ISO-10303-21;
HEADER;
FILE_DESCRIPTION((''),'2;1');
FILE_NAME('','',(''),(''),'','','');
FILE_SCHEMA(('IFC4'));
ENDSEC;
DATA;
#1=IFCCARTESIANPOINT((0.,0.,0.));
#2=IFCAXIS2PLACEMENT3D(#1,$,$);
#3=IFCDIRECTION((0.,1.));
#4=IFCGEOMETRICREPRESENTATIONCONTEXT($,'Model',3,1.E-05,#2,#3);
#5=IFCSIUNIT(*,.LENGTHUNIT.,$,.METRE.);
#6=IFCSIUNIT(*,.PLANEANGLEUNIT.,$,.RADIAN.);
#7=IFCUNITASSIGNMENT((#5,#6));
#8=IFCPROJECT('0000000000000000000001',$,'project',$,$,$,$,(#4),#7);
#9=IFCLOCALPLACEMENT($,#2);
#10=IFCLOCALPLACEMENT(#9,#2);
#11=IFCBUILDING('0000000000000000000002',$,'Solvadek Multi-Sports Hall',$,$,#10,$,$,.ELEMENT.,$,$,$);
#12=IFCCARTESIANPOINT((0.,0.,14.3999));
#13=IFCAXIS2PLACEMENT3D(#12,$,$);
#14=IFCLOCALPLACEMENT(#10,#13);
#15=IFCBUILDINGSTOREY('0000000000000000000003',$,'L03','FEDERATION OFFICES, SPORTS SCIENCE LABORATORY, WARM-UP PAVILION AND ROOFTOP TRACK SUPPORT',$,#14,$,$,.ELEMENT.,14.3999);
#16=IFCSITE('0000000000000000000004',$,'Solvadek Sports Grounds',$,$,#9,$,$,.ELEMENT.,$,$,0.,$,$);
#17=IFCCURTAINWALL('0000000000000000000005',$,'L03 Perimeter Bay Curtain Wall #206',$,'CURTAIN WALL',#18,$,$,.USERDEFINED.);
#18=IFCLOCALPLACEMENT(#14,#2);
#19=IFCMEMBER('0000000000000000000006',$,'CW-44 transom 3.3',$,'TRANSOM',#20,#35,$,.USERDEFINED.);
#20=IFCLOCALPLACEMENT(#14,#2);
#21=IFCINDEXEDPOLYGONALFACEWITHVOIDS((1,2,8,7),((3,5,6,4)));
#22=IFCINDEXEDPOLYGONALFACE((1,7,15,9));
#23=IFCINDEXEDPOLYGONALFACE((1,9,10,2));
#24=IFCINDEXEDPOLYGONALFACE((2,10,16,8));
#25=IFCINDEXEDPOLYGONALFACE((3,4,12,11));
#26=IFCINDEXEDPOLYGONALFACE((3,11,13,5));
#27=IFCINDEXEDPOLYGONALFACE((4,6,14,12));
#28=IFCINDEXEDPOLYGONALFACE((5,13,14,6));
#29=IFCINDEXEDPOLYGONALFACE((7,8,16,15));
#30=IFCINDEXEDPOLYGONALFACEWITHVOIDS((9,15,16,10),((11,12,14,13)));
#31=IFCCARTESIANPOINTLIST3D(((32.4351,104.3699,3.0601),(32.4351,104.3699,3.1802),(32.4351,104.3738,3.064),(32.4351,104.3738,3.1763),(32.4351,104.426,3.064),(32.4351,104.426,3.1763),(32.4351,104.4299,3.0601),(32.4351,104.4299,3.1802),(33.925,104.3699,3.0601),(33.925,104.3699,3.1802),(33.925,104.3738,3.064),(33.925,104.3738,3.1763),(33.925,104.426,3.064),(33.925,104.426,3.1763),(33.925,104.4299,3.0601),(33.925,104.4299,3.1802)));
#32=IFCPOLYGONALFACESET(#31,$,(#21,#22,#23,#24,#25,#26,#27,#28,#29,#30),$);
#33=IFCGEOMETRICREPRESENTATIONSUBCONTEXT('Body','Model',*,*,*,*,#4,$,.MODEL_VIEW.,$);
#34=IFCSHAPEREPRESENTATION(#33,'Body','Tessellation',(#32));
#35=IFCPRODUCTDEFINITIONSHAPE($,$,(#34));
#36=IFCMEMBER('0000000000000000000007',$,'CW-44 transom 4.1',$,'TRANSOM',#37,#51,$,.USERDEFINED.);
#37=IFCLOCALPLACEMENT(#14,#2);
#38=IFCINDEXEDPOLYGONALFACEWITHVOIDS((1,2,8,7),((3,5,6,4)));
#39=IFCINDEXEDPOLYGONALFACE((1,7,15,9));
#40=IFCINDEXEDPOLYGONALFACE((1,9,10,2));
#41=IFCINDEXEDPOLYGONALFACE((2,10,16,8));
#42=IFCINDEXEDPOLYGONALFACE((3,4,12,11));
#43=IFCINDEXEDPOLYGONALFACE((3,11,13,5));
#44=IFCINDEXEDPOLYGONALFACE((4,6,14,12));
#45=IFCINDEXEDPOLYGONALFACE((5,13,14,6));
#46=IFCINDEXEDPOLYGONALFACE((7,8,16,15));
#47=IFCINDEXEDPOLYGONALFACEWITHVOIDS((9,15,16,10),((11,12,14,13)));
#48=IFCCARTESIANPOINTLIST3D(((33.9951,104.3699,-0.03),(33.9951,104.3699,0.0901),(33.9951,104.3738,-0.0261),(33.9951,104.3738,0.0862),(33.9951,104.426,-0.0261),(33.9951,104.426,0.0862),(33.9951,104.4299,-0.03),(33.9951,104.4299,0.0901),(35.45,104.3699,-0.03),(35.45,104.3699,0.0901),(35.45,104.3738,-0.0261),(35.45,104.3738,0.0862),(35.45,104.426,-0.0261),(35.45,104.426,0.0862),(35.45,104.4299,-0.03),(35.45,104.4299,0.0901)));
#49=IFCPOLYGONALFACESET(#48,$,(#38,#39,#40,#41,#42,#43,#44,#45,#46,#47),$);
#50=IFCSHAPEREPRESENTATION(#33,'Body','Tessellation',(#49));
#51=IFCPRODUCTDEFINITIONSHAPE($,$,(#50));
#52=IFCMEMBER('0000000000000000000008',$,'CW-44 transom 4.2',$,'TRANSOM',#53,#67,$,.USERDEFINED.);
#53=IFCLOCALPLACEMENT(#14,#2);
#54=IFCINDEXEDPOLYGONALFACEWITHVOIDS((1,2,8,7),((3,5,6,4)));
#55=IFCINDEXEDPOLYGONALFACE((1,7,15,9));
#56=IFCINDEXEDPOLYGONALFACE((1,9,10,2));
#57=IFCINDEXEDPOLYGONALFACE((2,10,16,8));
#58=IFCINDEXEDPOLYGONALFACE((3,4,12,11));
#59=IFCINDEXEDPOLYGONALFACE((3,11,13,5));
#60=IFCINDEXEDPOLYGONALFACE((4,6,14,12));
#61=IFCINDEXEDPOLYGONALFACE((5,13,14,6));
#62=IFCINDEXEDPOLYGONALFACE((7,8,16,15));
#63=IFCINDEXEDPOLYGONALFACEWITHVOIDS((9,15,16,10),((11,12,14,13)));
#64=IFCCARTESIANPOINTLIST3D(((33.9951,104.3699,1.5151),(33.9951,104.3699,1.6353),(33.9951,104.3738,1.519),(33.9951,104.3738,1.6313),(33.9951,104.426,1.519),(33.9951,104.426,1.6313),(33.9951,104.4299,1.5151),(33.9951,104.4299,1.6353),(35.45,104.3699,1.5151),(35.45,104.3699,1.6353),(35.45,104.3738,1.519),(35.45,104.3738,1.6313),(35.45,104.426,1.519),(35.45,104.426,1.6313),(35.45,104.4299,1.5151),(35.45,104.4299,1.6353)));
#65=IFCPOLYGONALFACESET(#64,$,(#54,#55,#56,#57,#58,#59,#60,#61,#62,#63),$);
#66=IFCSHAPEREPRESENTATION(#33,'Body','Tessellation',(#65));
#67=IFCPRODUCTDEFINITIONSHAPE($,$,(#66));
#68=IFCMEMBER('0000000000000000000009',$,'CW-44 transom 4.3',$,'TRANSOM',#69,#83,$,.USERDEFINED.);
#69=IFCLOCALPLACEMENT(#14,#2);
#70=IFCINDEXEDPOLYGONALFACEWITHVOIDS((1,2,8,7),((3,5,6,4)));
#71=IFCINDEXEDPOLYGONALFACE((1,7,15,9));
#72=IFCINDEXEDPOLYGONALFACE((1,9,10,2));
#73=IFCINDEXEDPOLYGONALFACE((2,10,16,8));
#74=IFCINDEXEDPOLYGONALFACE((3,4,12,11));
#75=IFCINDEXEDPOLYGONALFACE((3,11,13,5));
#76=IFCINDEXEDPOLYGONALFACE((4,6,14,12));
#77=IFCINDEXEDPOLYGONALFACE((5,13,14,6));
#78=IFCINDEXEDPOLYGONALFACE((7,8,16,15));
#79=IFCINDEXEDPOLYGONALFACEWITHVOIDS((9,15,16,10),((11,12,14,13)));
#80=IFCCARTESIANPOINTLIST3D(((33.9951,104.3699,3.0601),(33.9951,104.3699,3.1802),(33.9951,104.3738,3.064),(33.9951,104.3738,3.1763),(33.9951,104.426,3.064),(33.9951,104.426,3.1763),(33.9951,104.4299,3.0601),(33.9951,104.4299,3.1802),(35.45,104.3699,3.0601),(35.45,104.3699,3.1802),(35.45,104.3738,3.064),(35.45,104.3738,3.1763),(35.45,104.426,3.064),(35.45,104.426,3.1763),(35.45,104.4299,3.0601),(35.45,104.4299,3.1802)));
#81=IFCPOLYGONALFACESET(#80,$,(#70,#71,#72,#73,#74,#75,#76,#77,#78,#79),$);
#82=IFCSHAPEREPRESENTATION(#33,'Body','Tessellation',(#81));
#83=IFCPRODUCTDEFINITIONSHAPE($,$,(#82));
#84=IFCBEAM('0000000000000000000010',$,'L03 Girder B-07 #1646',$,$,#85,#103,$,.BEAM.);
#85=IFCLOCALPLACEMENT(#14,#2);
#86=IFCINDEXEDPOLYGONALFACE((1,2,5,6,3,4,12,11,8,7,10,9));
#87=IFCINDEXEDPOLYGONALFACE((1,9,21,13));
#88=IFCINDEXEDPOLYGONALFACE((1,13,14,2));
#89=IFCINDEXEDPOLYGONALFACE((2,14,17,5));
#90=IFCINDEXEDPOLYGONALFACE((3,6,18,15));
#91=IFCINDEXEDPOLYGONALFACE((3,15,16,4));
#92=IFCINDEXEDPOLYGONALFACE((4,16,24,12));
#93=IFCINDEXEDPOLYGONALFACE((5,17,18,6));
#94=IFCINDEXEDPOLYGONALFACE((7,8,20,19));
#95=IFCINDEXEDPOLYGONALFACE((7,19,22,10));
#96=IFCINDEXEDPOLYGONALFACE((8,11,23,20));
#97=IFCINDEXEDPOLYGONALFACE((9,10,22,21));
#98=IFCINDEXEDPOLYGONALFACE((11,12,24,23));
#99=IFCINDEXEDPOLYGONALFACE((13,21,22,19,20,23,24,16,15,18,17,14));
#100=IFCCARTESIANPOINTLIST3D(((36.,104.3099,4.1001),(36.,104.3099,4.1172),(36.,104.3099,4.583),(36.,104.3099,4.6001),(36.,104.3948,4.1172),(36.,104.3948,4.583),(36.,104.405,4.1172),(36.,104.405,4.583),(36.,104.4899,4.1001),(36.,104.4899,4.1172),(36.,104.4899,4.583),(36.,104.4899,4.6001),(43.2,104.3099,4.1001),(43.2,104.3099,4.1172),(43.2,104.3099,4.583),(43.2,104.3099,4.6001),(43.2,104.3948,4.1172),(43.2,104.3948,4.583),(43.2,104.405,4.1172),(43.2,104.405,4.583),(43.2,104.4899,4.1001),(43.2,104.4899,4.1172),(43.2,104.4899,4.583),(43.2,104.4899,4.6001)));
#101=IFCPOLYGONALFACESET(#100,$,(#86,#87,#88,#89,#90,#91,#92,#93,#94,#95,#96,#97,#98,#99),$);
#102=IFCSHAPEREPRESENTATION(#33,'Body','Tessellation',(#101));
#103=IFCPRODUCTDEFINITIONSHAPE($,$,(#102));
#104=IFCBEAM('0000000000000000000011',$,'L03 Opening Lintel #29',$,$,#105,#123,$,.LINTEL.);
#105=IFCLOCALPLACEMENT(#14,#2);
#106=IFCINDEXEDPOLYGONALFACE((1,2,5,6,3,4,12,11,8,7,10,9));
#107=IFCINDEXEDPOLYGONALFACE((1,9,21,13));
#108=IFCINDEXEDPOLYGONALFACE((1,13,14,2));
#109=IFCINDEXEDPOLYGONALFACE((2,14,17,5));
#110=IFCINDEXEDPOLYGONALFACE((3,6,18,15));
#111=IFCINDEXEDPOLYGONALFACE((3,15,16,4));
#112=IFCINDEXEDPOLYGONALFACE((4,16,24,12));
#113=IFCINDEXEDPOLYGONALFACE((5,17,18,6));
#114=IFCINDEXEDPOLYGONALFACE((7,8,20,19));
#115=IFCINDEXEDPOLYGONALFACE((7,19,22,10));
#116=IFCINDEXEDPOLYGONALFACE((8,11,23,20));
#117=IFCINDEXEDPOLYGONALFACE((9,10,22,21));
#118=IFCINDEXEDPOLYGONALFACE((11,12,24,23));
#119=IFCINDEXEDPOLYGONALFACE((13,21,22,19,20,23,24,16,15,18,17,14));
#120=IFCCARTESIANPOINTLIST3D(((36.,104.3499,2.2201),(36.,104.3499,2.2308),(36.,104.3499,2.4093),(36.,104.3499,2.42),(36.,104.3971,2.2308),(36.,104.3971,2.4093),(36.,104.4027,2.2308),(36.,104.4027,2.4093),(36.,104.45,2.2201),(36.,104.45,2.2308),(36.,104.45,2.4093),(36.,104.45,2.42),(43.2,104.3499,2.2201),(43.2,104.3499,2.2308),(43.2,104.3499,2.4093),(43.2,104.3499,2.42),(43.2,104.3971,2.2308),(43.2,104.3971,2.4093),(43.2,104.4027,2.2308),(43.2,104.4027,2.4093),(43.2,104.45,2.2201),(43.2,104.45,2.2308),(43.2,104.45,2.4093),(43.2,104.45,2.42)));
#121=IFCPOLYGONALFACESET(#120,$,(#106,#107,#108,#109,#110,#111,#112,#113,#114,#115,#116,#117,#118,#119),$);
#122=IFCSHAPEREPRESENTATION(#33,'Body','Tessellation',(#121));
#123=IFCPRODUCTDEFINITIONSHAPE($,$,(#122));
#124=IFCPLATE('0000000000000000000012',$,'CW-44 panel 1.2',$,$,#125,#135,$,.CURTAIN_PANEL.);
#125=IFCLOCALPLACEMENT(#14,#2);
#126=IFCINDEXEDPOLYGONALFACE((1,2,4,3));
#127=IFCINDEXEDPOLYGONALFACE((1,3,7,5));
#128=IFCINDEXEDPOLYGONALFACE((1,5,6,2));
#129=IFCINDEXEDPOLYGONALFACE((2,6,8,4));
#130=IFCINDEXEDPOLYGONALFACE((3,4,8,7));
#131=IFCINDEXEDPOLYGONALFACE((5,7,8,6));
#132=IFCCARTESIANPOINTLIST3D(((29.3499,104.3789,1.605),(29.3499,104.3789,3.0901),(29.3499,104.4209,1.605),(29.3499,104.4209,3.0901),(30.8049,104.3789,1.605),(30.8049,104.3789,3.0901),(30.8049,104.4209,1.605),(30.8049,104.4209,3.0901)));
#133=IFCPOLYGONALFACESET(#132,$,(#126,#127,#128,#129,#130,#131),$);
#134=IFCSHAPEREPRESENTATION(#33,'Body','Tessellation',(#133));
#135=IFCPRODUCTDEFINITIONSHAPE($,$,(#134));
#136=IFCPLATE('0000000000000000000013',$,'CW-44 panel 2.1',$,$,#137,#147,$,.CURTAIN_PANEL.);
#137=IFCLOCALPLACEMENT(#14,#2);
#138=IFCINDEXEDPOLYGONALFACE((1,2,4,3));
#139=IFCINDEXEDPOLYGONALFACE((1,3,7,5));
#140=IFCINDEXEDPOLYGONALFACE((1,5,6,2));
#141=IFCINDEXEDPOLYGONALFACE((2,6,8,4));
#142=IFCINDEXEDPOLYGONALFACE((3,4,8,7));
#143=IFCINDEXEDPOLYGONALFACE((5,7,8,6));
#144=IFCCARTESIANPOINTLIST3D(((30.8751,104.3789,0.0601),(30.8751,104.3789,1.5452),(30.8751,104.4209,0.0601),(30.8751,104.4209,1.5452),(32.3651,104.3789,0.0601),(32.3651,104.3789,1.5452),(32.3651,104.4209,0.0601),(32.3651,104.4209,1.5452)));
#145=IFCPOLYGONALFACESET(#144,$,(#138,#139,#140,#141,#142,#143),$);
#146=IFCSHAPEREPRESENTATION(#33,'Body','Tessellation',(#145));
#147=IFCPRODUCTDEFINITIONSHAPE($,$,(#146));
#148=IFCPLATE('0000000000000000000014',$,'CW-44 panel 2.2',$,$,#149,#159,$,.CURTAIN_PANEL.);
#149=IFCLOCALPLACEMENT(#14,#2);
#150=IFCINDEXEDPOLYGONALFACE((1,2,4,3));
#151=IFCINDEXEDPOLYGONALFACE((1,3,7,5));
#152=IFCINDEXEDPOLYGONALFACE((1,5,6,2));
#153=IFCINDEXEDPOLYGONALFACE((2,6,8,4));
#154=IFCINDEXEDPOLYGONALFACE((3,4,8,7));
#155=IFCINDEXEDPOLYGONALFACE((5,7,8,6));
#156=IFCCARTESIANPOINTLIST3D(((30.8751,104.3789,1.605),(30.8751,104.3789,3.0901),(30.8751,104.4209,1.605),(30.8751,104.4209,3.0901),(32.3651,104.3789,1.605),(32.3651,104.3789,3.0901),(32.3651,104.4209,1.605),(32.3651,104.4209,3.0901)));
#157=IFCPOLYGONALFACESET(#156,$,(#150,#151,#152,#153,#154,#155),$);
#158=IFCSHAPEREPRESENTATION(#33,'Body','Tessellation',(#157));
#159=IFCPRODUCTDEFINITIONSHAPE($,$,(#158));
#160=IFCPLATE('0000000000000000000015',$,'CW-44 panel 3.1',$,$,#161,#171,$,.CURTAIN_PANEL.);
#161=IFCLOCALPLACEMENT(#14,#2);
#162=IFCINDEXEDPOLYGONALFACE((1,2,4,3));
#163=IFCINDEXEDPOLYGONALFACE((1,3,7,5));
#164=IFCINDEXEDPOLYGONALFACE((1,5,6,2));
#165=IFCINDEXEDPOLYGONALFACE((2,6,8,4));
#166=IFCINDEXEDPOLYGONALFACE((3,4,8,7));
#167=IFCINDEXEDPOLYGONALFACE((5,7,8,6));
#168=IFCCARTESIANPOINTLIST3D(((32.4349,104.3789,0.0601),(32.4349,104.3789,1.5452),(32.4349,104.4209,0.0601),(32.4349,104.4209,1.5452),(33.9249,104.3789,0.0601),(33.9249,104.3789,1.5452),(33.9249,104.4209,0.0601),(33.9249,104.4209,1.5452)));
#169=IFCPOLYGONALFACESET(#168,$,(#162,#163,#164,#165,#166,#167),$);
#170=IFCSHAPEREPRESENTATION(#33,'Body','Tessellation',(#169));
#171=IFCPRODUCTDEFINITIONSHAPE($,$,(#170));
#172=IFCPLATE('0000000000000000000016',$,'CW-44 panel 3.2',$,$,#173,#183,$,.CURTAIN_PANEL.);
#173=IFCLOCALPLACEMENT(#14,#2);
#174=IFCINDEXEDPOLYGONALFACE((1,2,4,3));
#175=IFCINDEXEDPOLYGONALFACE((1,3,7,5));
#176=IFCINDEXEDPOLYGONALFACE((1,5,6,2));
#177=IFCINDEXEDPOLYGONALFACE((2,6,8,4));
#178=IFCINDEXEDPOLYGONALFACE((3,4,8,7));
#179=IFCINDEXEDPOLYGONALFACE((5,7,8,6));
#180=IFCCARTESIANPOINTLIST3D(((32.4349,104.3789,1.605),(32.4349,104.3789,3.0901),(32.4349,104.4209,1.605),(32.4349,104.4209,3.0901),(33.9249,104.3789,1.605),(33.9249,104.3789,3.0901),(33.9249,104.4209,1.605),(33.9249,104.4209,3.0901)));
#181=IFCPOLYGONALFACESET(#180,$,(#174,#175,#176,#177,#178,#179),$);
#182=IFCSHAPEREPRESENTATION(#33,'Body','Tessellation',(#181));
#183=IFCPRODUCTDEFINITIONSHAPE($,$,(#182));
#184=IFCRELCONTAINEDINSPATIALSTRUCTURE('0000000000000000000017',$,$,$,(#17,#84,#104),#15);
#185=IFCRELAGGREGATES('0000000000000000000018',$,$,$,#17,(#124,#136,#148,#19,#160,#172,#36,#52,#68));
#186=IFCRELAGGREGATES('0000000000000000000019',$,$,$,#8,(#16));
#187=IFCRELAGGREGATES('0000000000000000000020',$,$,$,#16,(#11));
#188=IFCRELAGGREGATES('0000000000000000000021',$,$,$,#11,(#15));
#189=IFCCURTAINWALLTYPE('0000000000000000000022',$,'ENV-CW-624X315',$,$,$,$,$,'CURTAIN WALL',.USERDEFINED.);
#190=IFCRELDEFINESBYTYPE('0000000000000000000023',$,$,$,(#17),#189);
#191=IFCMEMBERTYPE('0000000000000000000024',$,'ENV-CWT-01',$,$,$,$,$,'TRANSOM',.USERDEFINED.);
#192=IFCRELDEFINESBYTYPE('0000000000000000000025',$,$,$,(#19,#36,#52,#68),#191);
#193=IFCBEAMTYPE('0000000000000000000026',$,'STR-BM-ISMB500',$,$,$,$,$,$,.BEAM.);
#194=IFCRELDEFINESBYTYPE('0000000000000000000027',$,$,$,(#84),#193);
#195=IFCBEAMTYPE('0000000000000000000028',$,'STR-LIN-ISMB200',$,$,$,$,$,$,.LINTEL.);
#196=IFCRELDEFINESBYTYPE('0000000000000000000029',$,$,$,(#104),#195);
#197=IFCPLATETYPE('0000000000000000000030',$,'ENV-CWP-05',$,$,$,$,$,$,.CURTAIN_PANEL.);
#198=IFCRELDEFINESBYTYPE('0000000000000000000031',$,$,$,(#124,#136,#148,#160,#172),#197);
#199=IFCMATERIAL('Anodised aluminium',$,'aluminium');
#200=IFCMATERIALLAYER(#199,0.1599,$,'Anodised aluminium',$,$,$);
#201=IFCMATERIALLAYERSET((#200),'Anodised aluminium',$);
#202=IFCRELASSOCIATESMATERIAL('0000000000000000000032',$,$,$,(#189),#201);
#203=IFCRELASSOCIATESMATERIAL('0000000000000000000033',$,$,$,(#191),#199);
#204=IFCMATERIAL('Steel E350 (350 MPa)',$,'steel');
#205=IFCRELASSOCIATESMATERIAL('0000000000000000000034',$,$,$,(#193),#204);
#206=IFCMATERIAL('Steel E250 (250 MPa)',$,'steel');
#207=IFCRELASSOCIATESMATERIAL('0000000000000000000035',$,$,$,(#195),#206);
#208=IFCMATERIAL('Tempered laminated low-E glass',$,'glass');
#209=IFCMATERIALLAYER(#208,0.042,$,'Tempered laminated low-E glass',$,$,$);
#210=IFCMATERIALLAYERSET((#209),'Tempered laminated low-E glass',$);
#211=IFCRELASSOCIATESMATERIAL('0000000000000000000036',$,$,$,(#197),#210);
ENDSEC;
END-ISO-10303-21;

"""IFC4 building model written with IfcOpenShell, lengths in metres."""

from ifc_helpers import new_model, si_unit, direction, frame, origin, origin_2d, place, context, subcontext, project, spatial, rectangle, hollow_rectangle, i_section, extrude, material, layer, layer_set, material_profile, profile_set, type_object, element, aggregate, save


model = new_model("IFC4")

# Units and contexts
model_context = context("Model", 3, precision=1e-05, world=origin(), true_north=direction((0.0, 1.0)))
body_context = subcontext(model_context, "Body", "Model", "MODEL_VIEW")
ifc_project = project(units=[si_unit("LENGTHUNIT", "METRE"), si_unit("PLANEANGLEUNIT", "RADIAN")], contexts=[model_context])

# Site, building, storey
site_placement = place(None, origin())
site = spatial("IfcSite", under=ifc_project, at=site_placement, Name="Solvadek Sports Grounds", CompositionType="ELEMENT", RefElevation=0.0)
building_placement = place(site_placement, origin())
building = spatial("IfcBuilding", under=site, at=building_placement, Name="Solvadek Multi-Sports Hall", CompositionType="ELEMENT")
storey_placement = place(building_placement, frame((0.0, 0.0, 14.3999)))
storey = spatial("IfcBuildingStorey", under=building, at=storey_placement, Name="L03", Description="FEDERATION OFFICES, SPORTS SCIENCE LABORATORY, WARM-UP PAVILION AND ROOFTOP TRACK SUPPORT", CompositionType="ELEMENT", Elevation=14.3999)

# Shared definitions
ifc_material_1 = material(Name="Steel E350 (350 MPa)", Category="steel")

# Curtain wall, members
ifc_material_2 = material(Name="Anodised aluminium", Category="aluminium")
ifc_layer_1 = layer(ifc_material_2, 0.1599, Name="Anodised aluminium")
ifc_layer_set_1 = layer_set([ifc_layer_1], Name="Anodised aluminium")
curtain_wall_type = type_object("IfcCurtainWallType", Name="ENV-CW-624X315", ElementType="CURTAIN WALL", PredefinedType="USERDEFINED", material=ifc_layer_set_1)
curtain_wall_placement = place(storey_placement, origin())
curtain_wall = element("IfcCurtainWall", 1, at=curtain_wall_placement, inside=storey, type_object=curtain_wall_type, Name="L03 Perimeter Bay Curtain Wall #206", ObjectType="CURTAIN WALL", PredefinedType="USERDEFINED")
ifc_material_profile_1 = material_profile(ifc_material_2, hollow_rectangle(XDim=0.0601, YDim=0.1201, WallThickness=0.0039, at=origin_2d()), Name="ALU-T 120x60x4")
ifc_profile_set_1 = profile_set([ifc_material_profile_1], Name="Anodised aluminium")
member_type_1 = type_object("IfcMemberType", Name="ENV-CWT-01", ElementType="TRANSOM", PredefinedType="USERDEFINED", material=ifc_profile_set_1)
member_1_placement = place(storey_placement, frame((32.4351, 104.3999, 3.1201), z_axis=(1.0, 0.0, 0.0), x_axis=(0.0, 1.0, 0.0)))
member_1 = element("IfcMember", 2, at=member_1_placement, type_object=member_type_1, Name="CW-44 transom 3.3", ObjectType="TRANSOM", PredefinedType="USERDEFINED", context=body_context, shape_type="SweptSolid", body=[
    extrude(hollow_rectangle(XDim=0.0601, YDim=0.1201, WallThickness=0.0039, at=origin_2d()), origin(), (0.0, 0.0, 1.0), 1.49),
])
member_2_placement = place(storey_placement, frame((33.9951, 104.3999, 0.03), z_axis=(1.0, 0.0, 0.0), x_axis=(0.0, 1.0, 0.0)))
member_2 = element("IfcMember", 3, at=member_2_placement, type_object=member_type_1, Name="CW-44 transom 4.1", ObjectType="TRANSOM", PredefinedType="USERDEFINED", context=body_context, shape_type="SweptSolid", body=[
    extrude(hollow_rectangle(XDim=0.0601, YDim=0.1201, WallThickness=0.0039, at=origin_2d()), origin(), (0.0, 0.0, 1.0), 1.4548),
])
member_3_placement = place(storey_placement, frame((33.9951, 104.3999, 1.5752), z_axis=(1.0, 0.0, 0.0), x_axis=(0.0, 1.0, 0.0)))
member_3 = element("IfcMember", 4, at=member_3_placement, type_object=member_type_1, Name="CW-44 transom 4.2", ObjectType="TRANSOM", PredefinedType="USERDEFINED", context=body_context, shape_type="SweptSolid", body=[
    extrude(hollow_rectangle(XDim=0.0601, YDim=0.1201, WallThickness=0.0039, at=origin_2d()), origin(), (0.0, 0.0, 1.0), 1.4548),
])
member_4_placement = place(storey_placement, frame((33.9951, 104.3999, 3.1201), z_axis=(1.0, 0.0, 0.0), x_axis=(0.0, 1.0, 0.0)))
member_4 = element("IfcMember", 5, at=member_4_placement, type_object=member_type_1, Name="CW-44 transom 4.3", ObjectType="TRANSOM", PredefinedType="USERDEFINED", context=body_context, shape_type="SweptSolid", body=[
    extrude(hollow_rectangle(XDim=0.0601, YDim=0.1201, WallThickness=0.0039, at=origin_2d()), origin(), (0.0, 0.0, 1.0), 1.4548),
])

# Beams
ifc_material_profile_2 = material_profile(ifc_material_1, i_section(OverallWidth=0.1799, OverallDepth=0.5, WebThickness=0.0103, FlangeThickness=0.0171, at=origin_2d()), Name="ISMB 500")
ifc_profile_set_2 = profile_set([ifc_material_profile_2], Name="Steel E350 (350 MPa)")
beam_type_1 = type_object("IfcBeamType", Name="STR-BM-ISMB500", PredefinedType="BEAM", material=ifc_profile_set_2)
beam_1_placement = place(storey_placement, frame((36.0, 104.3999, 4.3501), z_axis=(1.0, 0.0, 0.0), x_axis=(0.0, 1.0, 0.0)))
element("IfcBeam", 6, at=beam_1_placement, inside=storey, type_object=beam_type_1, Name="L03 Girder B-07 #1646", PredefinedType="BEAM", context=body_context, shape_type="SweptSolid", body=[
    extrude(i_section(OverallWidth=0.1799, OverallDepth=0.5, WebThickness=0.0103, FlangeThickness=0.0171, at=origin_2d()), origin(), (0.0, 0.0, 1.0), 7.2),
])
ifc_material_3 = material(Name="Steel E250 (250 MPa)", Category="steel")
ifc_material_profile_3 = material_profile(ifc_material_3, i_section(OverallWidth=0.1001, OverallDepth=0.2, WebThickness=0.0056, FlangeThickness=0.0107, at=origin_2d()), Name="ISMB 200")
ifc_profile_set_3 = profile_set([ifc_material_profile_3], Name="Steel E250 (250 MPa)")
beam_type_2 = type_object("IfcBeamType", Name="STR-LIN-ISMB200", PredefinedType="LINTEL", material=ifc_profile_set_3)
beam_2_placement = place(storey_placement, frame((36.0, 104.3999, 2.3201), z_axis=(1.0, 0.0, 0.0), x_axis=(0.0, 1.0, 0.0)))
element("IfcBeam", 7, at=beam_2_placement, inside=storey, type_object=beam_type_2, Name="L03 Opening Lintel #29", PredefinedType="LINTEL", context=body_context, shape_type="SweptSolid", body=[
    extrude(i_section(OverallWidth=0.1001, OverallDepth=0.2, WebThickness=0.0056, FlangeThickness=0.0107, at=origin_2d()), origin(), (0.0, 0.0, 1.0), 7.2),
])

# Plates
ifc_material_4 = material(Name="Tempered laminated low-E glass", Category="glass")
ifc_layer_2 = layer(ifc_material_4, 0.042, Name="Tempered laminated low-E glass")
ifc_layer_set_2 = layer_set([ifc_layer_2], Name="Tempered laminated low-E glass")
plate_type = type_object("IfcPlateType", Name="ENV-CWP-05", PredefinedType="CURTAIN_PANEL", material=ifc_layer_set_2)
plate_1_placement = place(storey_placement, frame((30.0774, 104.3999, 1.605), z_axis=(0.0, 0.0, 1.0), x_axis=(1.0, 0.0, 0.0)))
plate_1 = element("IfcPlate", 8, at=plate_1_placement, type_object=plate_type, Name="CW-44 panel 1.2", PredefinedType="CURTAIN_PANEL", context=body_context, shape_type="SweptSolid", body=[
    extrude(rectangle(XDim=1.4551, YDim=0.042, at=origin_2d()), origin(), (0.0, 0.0, 1.0), 1.4851),
])
plate_2_placement = place(storey_placement, frame((31.6201, 104.3999, 0.0601), z_axis=(0.0, 0.0, 1.0), x_axis=(1.0, 0.0, 0.0)))
plate_2 = element("IfcPlate", 9, at=plate_2_placement, type_object=plate_type, Name="CW-44 panel 2.1", PredefinedType="CURTAIN_PANEL", context=body_context, shape_type="SweptSolid", body=[
    extrude(rectangle(XDim=1.49, YDim=0.042, at=origin_2d()), origin(), (0.0, 0.0, 1.0), 1.4851),
])
plate_3_placement = place(storey_placement, frame((31.6201, 104.3999, 1.605), z_axis=(0.0, 0.0, 1.0), x_axis=(1.0, 0.0, 0.0)))
plate_3 = element("IfcPlate", 10, at=plate_3_placement, type_object=plate_type, Name="CW-44 panel 2.2", PredefinedType="CURTAIN_PANEL", context=body_context, shape_type="SweptSolid", body=[
    extrude(rectangle(XDim=1.49, YDim=0.042, at=origin_2d()), origin(), (0.0, 0.0, 1.0), 1.4851),
])
plate_4_placement = place(storey_placement, frame((33.1799, 104.3999, 0.0601), z_axis=(0.0, 0.0, 1.0), x_axis=(1.0, 0.0, 0.0)))
plate_4 = element("IfcPlate", 11, at=plate_4_placement, type_object=plate_type, Name="CW-44 panel 3.1", PredefinedType="CURTAIN_PANEL", context=body_context, shape_type="SweptSolid", body=[
    extrude(rectangle(XDim=1.49, YDim=0.042, at=origin_2d()), origin(), (0.0, 0.0, 1.0), 1.4851),
])
plate_5_placement = place(storey_placement, frame((33.1799, 104.3999, 1.605), z_axis=(0.0, 0.0, 1.0), x_axis=(1.0, 0.0, 0.0)))
plate_5 = element("IfcPlate", 12, at=plate_5_placement, type_object=plate_type, Name="CW-44 panel 3.2", PredefinedType="CURTAIN_PANEL", context=body_context, shape_type="SweptSolid", body=[
    extrude(rectangle(XDim=1.49, YDim=0.042, at=origin_2d()), origin(), (0.0, 0.0, 1.0), 1.4851),
])
aggregate(curtain_wall, [plate_1, plate_2, plate_3, member_1, plate_4, plate_5, member_2, member_3, member_4])

save(model, "model.ifc")
